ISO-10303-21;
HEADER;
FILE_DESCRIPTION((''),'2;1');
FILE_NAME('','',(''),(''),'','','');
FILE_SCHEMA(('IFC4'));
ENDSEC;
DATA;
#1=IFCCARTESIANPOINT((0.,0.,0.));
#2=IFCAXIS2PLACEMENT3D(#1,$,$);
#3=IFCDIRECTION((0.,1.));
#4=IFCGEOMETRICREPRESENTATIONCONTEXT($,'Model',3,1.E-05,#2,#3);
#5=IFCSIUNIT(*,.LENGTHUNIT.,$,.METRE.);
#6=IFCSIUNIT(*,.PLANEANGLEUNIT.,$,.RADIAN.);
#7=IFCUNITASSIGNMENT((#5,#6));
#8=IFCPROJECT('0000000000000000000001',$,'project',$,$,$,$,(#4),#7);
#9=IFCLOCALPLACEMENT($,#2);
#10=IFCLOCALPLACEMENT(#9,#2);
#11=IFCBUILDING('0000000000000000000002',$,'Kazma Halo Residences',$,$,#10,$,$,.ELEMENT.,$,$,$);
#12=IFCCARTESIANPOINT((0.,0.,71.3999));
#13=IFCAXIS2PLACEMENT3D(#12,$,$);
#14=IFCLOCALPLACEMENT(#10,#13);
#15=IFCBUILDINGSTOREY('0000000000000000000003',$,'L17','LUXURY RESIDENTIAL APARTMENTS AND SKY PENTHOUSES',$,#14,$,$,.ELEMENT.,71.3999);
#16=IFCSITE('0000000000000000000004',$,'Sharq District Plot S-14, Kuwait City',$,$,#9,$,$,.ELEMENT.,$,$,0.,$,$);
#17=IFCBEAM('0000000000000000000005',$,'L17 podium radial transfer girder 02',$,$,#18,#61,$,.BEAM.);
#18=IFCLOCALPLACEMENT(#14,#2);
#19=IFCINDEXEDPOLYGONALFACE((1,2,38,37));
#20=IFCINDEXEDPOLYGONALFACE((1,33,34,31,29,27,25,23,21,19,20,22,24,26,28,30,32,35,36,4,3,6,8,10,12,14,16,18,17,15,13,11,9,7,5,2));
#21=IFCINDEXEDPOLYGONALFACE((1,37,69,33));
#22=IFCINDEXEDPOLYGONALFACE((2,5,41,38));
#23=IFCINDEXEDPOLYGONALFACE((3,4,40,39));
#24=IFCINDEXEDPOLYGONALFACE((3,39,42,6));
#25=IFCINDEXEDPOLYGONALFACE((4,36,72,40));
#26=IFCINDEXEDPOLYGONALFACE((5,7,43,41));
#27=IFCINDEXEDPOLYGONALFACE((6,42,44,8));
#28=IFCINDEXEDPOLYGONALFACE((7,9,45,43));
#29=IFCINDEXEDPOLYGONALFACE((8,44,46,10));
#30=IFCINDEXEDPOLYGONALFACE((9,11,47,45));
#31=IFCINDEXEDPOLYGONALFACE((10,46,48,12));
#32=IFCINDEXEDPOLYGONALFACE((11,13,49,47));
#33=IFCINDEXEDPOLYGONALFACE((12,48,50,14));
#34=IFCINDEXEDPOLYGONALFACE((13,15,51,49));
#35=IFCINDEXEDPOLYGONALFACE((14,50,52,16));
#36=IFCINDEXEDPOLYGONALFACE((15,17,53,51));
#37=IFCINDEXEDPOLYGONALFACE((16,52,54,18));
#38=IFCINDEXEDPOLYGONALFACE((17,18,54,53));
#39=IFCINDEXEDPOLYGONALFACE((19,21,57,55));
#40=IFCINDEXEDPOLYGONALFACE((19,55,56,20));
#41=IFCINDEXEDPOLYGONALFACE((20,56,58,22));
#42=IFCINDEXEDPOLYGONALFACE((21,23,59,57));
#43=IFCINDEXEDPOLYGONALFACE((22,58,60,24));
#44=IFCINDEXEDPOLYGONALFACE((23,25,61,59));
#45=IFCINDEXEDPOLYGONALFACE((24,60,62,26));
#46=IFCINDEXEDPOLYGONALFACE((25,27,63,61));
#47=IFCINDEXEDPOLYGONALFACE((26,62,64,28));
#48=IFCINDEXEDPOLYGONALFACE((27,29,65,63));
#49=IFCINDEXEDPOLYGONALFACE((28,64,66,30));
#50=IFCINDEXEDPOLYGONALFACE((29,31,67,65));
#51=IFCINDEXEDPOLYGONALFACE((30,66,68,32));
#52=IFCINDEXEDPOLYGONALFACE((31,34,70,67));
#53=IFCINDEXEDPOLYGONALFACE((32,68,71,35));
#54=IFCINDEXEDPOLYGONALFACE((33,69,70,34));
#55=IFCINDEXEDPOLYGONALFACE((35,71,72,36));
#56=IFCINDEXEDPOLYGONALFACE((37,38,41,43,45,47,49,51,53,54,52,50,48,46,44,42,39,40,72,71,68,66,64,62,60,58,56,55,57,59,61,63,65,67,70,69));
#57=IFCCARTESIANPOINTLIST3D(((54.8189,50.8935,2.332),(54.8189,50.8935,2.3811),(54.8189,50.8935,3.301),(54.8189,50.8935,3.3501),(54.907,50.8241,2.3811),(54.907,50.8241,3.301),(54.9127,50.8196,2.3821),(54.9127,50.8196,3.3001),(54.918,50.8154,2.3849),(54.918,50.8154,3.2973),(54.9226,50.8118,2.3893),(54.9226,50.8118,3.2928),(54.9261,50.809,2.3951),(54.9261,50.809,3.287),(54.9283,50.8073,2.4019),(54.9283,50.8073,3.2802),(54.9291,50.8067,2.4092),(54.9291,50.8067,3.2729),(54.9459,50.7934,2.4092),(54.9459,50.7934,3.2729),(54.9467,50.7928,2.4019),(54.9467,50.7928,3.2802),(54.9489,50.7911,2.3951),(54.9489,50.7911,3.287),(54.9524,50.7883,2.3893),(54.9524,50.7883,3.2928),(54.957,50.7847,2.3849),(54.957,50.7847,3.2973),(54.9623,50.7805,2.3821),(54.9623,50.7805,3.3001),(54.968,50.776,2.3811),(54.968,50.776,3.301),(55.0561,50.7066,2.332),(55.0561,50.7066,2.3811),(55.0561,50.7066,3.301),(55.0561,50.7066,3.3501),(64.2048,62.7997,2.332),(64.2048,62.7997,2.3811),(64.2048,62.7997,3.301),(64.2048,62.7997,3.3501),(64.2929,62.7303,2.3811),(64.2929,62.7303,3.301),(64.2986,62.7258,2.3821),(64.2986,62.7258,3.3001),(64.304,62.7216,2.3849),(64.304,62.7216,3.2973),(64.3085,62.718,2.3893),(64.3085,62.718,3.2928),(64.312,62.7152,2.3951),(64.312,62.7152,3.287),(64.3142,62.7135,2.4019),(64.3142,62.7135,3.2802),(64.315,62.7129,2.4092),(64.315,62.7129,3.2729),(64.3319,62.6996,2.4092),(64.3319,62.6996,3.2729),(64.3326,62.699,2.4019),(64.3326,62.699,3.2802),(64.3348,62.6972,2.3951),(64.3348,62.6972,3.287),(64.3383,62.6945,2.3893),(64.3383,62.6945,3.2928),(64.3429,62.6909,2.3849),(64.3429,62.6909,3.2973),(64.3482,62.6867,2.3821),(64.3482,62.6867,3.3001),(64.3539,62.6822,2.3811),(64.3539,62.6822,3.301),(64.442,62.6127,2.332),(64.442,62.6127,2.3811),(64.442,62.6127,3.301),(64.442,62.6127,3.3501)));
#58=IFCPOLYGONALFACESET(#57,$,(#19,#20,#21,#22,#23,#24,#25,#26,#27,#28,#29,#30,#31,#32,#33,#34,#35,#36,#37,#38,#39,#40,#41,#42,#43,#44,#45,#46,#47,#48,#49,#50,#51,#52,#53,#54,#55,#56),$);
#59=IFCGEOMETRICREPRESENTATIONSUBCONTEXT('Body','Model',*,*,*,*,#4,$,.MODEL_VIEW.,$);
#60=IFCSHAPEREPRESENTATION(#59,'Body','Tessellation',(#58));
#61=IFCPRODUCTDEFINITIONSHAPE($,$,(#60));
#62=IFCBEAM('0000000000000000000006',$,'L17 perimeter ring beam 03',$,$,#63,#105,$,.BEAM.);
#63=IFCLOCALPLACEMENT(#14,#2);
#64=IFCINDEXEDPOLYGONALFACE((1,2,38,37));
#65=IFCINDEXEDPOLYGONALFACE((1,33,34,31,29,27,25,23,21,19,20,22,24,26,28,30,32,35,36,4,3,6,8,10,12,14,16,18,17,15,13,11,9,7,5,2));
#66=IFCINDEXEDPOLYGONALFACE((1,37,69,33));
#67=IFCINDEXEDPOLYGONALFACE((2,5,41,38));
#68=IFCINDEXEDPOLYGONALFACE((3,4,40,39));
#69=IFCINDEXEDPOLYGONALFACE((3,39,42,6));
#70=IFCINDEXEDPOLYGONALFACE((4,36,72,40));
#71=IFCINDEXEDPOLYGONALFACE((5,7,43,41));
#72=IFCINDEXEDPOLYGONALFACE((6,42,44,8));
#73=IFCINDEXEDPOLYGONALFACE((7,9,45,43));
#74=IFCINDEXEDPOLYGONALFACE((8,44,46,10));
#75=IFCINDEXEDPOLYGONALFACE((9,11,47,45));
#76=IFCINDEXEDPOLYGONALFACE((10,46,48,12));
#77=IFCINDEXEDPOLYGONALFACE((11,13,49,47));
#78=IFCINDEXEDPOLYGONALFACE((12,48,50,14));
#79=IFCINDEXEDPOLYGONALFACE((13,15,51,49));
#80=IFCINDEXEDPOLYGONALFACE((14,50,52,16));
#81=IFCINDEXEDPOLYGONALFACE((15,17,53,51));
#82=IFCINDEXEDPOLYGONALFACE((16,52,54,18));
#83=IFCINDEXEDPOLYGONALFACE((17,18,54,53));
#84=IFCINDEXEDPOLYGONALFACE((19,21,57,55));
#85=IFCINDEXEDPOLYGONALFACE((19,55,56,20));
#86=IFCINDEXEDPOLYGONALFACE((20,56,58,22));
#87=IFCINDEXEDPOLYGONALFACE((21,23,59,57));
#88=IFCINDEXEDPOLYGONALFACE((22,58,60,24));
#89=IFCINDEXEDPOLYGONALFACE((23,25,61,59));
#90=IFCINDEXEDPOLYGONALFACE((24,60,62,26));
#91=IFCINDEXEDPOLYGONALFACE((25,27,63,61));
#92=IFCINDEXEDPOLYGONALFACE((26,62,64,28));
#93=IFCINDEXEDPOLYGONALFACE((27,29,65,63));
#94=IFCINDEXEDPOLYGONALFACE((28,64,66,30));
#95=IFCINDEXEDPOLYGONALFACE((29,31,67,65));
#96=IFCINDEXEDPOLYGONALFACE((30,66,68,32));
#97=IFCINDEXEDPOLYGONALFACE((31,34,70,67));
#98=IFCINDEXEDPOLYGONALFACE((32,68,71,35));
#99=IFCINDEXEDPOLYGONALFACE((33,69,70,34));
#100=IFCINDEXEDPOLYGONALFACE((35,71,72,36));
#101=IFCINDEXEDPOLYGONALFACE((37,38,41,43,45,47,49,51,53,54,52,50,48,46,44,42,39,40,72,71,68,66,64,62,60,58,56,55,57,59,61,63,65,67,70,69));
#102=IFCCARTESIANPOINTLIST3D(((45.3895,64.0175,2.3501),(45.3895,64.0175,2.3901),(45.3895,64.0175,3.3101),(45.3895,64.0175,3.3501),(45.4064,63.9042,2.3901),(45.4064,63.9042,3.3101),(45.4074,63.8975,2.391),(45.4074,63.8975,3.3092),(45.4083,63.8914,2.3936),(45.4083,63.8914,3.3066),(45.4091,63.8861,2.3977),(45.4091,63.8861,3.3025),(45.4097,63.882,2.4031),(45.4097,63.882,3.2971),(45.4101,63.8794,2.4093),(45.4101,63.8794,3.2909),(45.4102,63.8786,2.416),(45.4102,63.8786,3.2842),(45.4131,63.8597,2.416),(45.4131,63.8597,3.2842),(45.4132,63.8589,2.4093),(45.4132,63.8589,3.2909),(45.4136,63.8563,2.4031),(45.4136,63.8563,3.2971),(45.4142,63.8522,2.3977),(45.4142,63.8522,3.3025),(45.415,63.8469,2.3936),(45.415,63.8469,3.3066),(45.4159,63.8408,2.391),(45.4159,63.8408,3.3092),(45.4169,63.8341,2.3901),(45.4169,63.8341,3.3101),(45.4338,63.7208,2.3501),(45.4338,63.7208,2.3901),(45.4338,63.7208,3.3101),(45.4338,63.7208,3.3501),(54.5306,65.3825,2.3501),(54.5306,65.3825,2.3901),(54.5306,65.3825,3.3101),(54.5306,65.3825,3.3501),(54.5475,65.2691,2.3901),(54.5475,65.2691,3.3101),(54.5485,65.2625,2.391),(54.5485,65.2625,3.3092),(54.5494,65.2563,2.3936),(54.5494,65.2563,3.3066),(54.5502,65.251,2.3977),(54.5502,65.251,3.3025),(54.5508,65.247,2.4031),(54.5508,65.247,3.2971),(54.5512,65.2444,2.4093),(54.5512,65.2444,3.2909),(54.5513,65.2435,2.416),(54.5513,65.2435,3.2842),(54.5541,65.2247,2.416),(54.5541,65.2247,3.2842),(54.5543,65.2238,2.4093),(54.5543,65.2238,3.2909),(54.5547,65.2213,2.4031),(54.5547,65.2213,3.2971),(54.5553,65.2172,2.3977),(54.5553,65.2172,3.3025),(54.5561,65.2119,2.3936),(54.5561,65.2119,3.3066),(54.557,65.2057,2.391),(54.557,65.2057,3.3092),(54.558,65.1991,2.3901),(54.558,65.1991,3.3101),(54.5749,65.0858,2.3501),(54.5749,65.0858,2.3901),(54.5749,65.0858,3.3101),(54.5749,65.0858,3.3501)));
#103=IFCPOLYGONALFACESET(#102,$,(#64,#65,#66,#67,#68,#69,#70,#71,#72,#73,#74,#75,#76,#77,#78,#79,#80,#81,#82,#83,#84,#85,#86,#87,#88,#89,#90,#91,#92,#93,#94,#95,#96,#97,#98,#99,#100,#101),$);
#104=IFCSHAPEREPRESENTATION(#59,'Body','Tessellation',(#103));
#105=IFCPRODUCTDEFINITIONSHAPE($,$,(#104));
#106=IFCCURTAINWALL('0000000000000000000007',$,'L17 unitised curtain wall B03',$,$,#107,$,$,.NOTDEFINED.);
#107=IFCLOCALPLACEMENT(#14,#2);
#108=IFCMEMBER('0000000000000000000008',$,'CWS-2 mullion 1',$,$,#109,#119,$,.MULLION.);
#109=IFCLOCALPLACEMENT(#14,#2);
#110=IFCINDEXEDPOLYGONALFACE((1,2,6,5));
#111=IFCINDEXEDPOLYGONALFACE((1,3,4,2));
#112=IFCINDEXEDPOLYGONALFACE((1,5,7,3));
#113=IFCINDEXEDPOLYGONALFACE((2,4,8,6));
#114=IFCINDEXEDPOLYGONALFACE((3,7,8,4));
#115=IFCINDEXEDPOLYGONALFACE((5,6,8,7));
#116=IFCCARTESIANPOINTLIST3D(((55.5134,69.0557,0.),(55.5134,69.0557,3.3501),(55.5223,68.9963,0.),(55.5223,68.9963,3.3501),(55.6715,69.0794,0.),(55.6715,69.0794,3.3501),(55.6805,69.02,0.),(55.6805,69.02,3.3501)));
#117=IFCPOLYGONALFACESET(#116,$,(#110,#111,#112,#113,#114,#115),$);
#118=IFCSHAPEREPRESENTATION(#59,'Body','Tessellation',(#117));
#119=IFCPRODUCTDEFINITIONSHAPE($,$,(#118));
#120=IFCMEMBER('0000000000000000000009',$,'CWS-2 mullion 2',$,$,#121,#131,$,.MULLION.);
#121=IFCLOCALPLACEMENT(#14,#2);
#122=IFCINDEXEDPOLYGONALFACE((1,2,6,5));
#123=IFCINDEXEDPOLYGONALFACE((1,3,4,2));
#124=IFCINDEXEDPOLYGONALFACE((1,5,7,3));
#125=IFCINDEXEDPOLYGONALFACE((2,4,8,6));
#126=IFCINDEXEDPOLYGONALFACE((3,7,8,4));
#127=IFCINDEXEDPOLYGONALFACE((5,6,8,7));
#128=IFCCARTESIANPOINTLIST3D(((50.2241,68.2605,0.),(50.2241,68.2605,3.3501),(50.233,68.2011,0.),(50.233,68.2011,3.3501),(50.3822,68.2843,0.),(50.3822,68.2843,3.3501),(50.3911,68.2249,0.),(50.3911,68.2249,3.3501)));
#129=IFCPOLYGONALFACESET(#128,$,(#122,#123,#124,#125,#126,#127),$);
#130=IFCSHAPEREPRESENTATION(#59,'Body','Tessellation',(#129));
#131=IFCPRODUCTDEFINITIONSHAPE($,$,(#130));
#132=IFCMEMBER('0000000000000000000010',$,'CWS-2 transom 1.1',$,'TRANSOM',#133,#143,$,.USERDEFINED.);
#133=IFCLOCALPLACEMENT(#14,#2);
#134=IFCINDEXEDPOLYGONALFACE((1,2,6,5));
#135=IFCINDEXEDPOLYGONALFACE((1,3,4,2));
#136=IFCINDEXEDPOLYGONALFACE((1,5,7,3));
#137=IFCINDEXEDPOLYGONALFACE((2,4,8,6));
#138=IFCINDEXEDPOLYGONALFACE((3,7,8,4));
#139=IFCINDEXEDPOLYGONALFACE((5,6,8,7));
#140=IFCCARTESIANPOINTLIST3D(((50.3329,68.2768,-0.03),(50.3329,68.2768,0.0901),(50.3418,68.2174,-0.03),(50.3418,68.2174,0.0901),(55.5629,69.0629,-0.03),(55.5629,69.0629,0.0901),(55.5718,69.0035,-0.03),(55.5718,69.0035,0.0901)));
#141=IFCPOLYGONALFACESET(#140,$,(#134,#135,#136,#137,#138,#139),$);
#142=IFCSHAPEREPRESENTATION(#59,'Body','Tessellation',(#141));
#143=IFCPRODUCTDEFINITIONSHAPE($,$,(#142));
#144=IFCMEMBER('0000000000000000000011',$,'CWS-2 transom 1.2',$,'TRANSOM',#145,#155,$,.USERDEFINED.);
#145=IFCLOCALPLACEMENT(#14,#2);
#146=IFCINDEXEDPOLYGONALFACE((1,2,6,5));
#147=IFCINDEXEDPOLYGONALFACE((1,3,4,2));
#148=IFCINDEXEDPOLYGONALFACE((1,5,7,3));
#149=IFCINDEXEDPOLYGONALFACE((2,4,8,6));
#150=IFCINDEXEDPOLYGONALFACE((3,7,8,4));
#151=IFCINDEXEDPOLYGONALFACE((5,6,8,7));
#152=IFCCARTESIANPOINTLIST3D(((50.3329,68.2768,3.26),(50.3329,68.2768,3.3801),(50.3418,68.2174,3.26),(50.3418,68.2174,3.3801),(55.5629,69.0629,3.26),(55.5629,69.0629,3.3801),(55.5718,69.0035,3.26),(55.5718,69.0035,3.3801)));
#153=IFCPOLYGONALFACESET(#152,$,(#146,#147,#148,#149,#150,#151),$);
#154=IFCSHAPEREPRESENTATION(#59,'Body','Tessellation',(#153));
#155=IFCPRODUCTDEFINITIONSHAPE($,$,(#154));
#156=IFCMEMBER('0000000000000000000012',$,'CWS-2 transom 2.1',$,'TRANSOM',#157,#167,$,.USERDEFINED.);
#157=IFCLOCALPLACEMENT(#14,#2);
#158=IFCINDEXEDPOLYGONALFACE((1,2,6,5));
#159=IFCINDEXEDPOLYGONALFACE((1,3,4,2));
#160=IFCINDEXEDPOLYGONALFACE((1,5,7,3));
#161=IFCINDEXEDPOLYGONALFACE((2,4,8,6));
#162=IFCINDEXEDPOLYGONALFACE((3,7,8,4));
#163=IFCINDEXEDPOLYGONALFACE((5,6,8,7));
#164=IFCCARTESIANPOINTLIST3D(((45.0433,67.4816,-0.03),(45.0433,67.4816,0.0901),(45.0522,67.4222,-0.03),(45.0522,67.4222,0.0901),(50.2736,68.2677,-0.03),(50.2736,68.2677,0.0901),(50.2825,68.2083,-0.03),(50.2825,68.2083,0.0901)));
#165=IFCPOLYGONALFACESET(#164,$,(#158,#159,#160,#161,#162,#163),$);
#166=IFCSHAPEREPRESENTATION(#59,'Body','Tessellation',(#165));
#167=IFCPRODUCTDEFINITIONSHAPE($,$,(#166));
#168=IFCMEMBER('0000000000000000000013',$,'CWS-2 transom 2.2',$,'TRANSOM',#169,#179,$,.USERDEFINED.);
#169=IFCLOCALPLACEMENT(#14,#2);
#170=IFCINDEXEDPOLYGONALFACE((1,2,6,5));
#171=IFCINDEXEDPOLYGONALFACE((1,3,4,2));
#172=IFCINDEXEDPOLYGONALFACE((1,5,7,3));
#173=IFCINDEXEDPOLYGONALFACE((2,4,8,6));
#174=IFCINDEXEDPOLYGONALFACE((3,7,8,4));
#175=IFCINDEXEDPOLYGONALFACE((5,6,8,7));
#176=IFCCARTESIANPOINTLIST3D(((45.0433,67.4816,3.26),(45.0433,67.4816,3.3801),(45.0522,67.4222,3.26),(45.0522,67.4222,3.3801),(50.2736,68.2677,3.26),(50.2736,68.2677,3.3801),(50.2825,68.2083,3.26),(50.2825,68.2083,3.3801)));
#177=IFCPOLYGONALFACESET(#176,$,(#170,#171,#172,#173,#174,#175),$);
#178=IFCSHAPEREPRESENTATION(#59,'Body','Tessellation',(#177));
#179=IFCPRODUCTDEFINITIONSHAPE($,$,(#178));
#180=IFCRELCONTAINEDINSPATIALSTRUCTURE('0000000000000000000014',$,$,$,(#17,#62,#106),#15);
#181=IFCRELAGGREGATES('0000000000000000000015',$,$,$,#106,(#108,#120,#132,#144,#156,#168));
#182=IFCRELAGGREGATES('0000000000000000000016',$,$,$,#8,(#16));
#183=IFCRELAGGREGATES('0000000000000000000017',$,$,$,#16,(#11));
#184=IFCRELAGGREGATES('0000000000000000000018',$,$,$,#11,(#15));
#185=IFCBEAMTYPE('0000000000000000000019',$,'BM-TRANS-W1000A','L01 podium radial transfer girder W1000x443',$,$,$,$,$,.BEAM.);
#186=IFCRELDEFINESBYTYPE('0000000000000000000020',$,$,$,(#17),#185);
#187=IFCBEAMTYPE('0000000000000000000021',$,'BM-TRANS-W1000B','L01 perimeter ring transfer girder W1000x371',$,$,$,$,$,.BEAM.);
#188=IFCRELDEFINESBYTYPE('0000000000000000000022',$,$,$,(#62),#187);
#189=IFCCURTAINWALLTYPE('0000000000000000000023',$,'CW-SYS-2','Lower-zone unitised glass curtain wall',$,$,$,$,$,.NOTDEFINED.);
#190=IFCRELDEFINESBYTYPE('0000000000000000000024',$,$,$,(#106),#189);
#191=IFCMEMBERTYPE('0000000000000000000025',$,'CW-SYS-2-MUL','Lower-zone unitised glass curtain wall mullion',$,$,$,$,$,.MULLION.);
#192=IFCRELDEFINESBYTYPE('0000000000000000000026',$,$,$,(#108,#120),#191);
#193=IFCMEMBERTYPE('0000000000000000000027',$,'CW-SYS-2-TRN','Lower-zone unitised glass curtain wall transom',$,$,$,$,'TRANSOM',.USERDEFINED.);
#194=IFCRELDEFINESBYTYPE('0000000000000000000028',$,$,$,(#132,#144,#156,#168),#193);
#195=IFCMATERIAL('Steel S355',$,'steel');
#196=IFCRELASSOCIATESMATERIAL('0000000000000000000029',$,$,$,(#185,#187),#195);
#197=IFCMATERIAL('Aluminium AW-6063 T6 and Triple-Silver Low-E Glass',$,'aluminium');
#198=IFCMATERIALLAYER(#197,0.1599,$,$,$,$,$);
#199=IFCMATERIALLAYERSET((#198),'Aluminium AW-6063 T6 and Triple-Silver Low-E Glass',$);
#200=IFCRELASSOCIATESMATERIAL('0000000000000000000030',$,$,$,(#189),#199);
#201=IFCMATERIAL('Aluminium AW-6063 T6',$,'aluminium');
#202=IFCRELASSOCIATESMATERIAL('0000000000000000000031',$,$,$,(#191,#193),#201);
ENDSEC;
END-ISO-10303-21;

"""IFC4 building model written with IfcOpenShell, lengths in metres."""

from ifc_helpers import new_model, si_unit, direction, frame, origin, origin_2d, place, context, subcontext, project, spatial, rectangle, i_section, extrude, material, layer, layer_set, material_profile, profile_set, type_object, element, aggregate, save


model = new_model("IFC4")

# Units and contexts
model_context = context("Model", 3, precision=1e-05, world=origin(), true_north=direction((0.0, 1.0)))
body_context = subcontext(model_context, "Body", "Model", "MODEL_VIEW")
ifc_project = project(units=[si_unit("LENGTHUNIT", "METRE"), si_unit("PLANEANGLEUNIT", "RADIAN")], contexts=[model_context])

# Site, building, storey
site_placement = place(None, origin())
site = spatial("IfcSite", under=ifc_project, at=site_placement, Name="Sharq District Plot S-14, Kuwait City", CompositionType="ELEMENT", RefElevation=0.0)
building_placement = place(site_placement, origin())
building = spatial("IfcBuilding", under=site, at=building_placement, Name="Kazma Halo Residences", CompositionType="ELEMENT")
storey_placement = place(building_placement, frame((0.0, 0.0, 71.3999)))
storey = spatial("IfcBuildingStorey", under=building, at=storey_placement, Name="L17", Description="LUXURY RESIDENTIAL APARTMENTS AND SKY PENTHOUSES", CompositionType="ELEMENT", Elevation=71.3999)

# Beams
ifc_material_1 = material(Name="Steel S355", Category="steel")
ifc_material_profile_1 = material_profile(ifc_material_1, i_section(OverallWidth=0.302, OverallDepth=1.0181, WebThickness=0.0215, FlangeThickness=0.0491, FilletRadius=0.0281, at=origin_2d()), Name="W1000x443")
ifc_profile_set_1 = profile_set([ifc_material_profile_1], Name="Steel S355")
beam_type_1 = type_object("IfcBeamType", Name="BM-TRANS-W1000A", Description="L01 podium radial transfer girder W1000x443", PredefinedType="BEAM", material=ifc_profile_set_1)
beam_1_placement = place(storey_placement, frame((54.9375, 50.8, 2.8411), z_axis=(0.619088, 0.785322, 0.0), x_axis=(-0.785322, 0.619088, 0.0)))
element("IfcBeam", 1, at=beam_1_placement, inside=storey, type_object=beam_type_1, Name="L17 podium radial transfer girder 02", PredefinedType="BEAM", context=body_context, shape_type="SweptSolid", body=[
    extrude(i_section(OverallWidth=0.302, OverallDepth=1.0181, WebThickness=0.0215, FlangeThickness=0.0491, FilletRadius=0.0281, at=origin_2d()), origin(), (0.0, 0.0, 1.0), 15.1609),
])
ifc_material_profile_2 = material_profile(ifc_material_1, i_section(OverallWidth=0.3, OverallDepth=1.0, WebThickness=0.019, FlangeThickness=0.04, FilletRadius=0.0259, at=origin_2d()), Name="W1000x371")
ifc_profile_set_2 = profile_set([ifc_material_profile_2], Name="Steel S355")
beam_type_2 = type_object("IfcBeamType", Name="BM-TRANS-W1000B", Description="L01 perimeter ring transfer girder W1000x371", PredefinedType="BEAM", material=ifc_profile_set_2)
beam_2_placement = place(storey_placement, frame((54.5527, 65.2341, 2.8501), z_axis=(-0.989034, -0.147687, 0.0), x_axis=(0.147687, -0.989034, 0.0)))
element("IfcBeam", 2, at=beam_2_placement, inside=storey, type_object=beam_type_2, Name="L17 perimeter ring beam 03", PredefinedType="BEAM", context=body_context, shape_type="SweptSolid", body=[
    extrude(i_section(OverallWidth=0.3, OverallDepth=1.0, WebThickness=0.019, FlangeThickness=0.04, FilletRadius=0.0259, at=origin_2d()), origin(), (0.0, 0.0, 1.0), 9.2424),
])

# Curtain wall, members
ifc_material_2 = material(Name="Aluminium AW-6063 T6 and Triple-Silver Low-E Glass", Category="aluminium")
ifc_layer_1 = layer(ifc_material_2, 0.1599)
ifc_layer_set_1 = layer_set([ifc_layer_1], Name="Aluminium AW-6063 T6 and Triple-Silver Low-E Glass")
curtain_wall_type = type_object("IfcCurtainWallType", Name="CW-SYS-2", Description="Lower-zone unitised glass curtain wall", PredefinedType="NOTDEFINED", material=ifc_layer_set_1)
curtain_wall_placement = place(storey_placement, origin())
curtain_wall = element("IfcCurtainWall", 3, at=curtain_wall_placement, inside=storey, type_object=curtain_wall_type, Name="L17 unitised curtain wall B03", PredefinedType="NOTDEFINED")
ifc_material_3 = material(Name="Aluminium AW-6063 T6", Category="aluminium")
ifc_material_profile_3 = material_profile(ifc_material_3, rectangle(XDim=0.0601, YDim=0.1599, at=origin_2d()), Name="CWM-60x160")
ifc_profile_set_3 = profile_set([ifc_material_profile_3], Name="Aluminium AW-6063 T6")
member_type_1 = type_object("IfcMemberType", Name="CW-SYS-2-MUL", Description="Lower-zone unitised glass curtain wall mullion", PredefinedType="MULLION", material=ifc_profile_set_3)
member_1_placement = place(storey_placement, frame((55.5969, 69.0378, 0.0), z_axis=(0.0, 0.0, 1.0), x_axis=(0.148657, -0.988889, 0.0)))
member_1 = element("IfcMember", 4, at=member_1_placement, type_object=member_type_1, Name="CWS-2 mullion 1", PredefinedType="MULLION", context=body_context, shape_type="SweptSolid", body=[
    extrude(rectangle(XDim=0.0601, YDim=0.1599, at=origin_2d()), origin(), (0.0, 0.0, 1.0), 3.3501),
])
member_2_placement = place(storey_placement, frame((50.3076, 68.2427, 0.0), z_axis=(0.0, 0.0, 1.0), x_axis=(0.148657, -0.988889, 0.0)))
member_2 = element("IfcMember", 5, at=member_2_placement, type_object=member_type_1, Name="CWS-2 mullion 2", PredefinedType="MULLION", context=body_context, shape_type="SweptSolid", body=[
    extrude(rectangle(XDim=0.0601, YDim=0.1599, at=origin_2d()), origin(), (0.0, 0.0, 1.0), 3.3501),
])
ifc_material_profile_4 = material_profile(ifc_material_3, rectangle(XDim=0.0601, YDim=0.1201, at=origin_2d()), Name="CWT-60x120")
ifc_profile_set_4 = profile_set([ifc_material_profile_4], Name="Aluminium AW-6063 T6")
member_type_2 = type_object("IfcMemberType", Name="CW-SYS-2-TRN", Description="Lower-zone unitised glass curtain wall transom", ElementType="TRANSOM", PredefinedType="USERDEFINED", material=ifc_profile_set_4)
member_3_placement = place(storey_placement, frame((55.5674, 69.0332, 0.03), z_axis=(-0.988891, -0.148643, 0.0), x_axis=(0.148643, -0.988891, 0.0)))
member_3 = element("IfcMember", 6, at=member_3_placement, type_object=member_type_2, Name="CWS-2 transom 1.1", ObjectType="TRANSOM", PredefinedType="USERDEFINED", context=body_context, shape_type="SweptSolid", body=[
    extrude(rectangle(XDim=0.0601, YDim=0.1201, at=origin_2d()), origin(), (0.0, 0.0, 1.0), 5.2888),
])
member_4_placement = place(storey_placement, frame((55.5674, 69.0332, 3.3201), z_axis=(-0.988891, -0.148643, 0.0), x_axis=(0.148643, -0.988891, 0.0)))
member_4 = element("IfcMember", 7, at=member_4_placement, type_object=member_type_2, Name="CWS-2 transom 1.2", ObjectType="TRANSOM", PredefinedType="USERDEFINED", context=body_context, shape_type="SweptSolid", body=[
    extrude(rectangle(XDim=0.0601, YDim=0.1201, at=origin_2d()), origin(), (0.0, 0.0, 1.0), 5.2888),
])
member_5_placement = place(storey_placement, frame((50.2781, 68.238, 0.03), z_axis=(-0.988892, -0.148636, 0.0), x_axis=(0.148636, -0.988892, 0.0)))
member_5 = element("IfcMember", 8, at=member_5_placement, type_object=member_type_2, Name="CWS-2 transom 2.1", ObjectType="TRANSOM", PredefinedType="USERDEFINED", context=body_context, shape_type="SweptSolid", body=[
    extrude(rectangle(XDim=0.0601, YDim=0.1201, at=origin_2d()), origin(), (0.0, 0.0, 1.0), 5.2891),
])
member_6_placement = place(storey_placement, frame((50.2781, 68.238, 3.3201), z_axis=(-0.988892, -0.148636, 0.0), x_axis=(0.148636, -0.988892, 0.0)))
member_6 = element("IfcMember", 9, at=member_6_placement, type_object=member_type_2, Name="CWS-2 transom 2.2", ObjectType="TRANSOM", PredefinedType="USERDEFINED", context=body_context, shape_type="SweptSolid", body=[
    extrude(rectangle(XDim=0.0601, YDim=0.1201, at=origin_2d()), origin(), (0.0, 0.0, 1.0), 5.2891),
])
aggregate(curtain_wall, [member_1, member_2, member_3, member_4, member_5, member_6])

save(model, "model.ifc")
